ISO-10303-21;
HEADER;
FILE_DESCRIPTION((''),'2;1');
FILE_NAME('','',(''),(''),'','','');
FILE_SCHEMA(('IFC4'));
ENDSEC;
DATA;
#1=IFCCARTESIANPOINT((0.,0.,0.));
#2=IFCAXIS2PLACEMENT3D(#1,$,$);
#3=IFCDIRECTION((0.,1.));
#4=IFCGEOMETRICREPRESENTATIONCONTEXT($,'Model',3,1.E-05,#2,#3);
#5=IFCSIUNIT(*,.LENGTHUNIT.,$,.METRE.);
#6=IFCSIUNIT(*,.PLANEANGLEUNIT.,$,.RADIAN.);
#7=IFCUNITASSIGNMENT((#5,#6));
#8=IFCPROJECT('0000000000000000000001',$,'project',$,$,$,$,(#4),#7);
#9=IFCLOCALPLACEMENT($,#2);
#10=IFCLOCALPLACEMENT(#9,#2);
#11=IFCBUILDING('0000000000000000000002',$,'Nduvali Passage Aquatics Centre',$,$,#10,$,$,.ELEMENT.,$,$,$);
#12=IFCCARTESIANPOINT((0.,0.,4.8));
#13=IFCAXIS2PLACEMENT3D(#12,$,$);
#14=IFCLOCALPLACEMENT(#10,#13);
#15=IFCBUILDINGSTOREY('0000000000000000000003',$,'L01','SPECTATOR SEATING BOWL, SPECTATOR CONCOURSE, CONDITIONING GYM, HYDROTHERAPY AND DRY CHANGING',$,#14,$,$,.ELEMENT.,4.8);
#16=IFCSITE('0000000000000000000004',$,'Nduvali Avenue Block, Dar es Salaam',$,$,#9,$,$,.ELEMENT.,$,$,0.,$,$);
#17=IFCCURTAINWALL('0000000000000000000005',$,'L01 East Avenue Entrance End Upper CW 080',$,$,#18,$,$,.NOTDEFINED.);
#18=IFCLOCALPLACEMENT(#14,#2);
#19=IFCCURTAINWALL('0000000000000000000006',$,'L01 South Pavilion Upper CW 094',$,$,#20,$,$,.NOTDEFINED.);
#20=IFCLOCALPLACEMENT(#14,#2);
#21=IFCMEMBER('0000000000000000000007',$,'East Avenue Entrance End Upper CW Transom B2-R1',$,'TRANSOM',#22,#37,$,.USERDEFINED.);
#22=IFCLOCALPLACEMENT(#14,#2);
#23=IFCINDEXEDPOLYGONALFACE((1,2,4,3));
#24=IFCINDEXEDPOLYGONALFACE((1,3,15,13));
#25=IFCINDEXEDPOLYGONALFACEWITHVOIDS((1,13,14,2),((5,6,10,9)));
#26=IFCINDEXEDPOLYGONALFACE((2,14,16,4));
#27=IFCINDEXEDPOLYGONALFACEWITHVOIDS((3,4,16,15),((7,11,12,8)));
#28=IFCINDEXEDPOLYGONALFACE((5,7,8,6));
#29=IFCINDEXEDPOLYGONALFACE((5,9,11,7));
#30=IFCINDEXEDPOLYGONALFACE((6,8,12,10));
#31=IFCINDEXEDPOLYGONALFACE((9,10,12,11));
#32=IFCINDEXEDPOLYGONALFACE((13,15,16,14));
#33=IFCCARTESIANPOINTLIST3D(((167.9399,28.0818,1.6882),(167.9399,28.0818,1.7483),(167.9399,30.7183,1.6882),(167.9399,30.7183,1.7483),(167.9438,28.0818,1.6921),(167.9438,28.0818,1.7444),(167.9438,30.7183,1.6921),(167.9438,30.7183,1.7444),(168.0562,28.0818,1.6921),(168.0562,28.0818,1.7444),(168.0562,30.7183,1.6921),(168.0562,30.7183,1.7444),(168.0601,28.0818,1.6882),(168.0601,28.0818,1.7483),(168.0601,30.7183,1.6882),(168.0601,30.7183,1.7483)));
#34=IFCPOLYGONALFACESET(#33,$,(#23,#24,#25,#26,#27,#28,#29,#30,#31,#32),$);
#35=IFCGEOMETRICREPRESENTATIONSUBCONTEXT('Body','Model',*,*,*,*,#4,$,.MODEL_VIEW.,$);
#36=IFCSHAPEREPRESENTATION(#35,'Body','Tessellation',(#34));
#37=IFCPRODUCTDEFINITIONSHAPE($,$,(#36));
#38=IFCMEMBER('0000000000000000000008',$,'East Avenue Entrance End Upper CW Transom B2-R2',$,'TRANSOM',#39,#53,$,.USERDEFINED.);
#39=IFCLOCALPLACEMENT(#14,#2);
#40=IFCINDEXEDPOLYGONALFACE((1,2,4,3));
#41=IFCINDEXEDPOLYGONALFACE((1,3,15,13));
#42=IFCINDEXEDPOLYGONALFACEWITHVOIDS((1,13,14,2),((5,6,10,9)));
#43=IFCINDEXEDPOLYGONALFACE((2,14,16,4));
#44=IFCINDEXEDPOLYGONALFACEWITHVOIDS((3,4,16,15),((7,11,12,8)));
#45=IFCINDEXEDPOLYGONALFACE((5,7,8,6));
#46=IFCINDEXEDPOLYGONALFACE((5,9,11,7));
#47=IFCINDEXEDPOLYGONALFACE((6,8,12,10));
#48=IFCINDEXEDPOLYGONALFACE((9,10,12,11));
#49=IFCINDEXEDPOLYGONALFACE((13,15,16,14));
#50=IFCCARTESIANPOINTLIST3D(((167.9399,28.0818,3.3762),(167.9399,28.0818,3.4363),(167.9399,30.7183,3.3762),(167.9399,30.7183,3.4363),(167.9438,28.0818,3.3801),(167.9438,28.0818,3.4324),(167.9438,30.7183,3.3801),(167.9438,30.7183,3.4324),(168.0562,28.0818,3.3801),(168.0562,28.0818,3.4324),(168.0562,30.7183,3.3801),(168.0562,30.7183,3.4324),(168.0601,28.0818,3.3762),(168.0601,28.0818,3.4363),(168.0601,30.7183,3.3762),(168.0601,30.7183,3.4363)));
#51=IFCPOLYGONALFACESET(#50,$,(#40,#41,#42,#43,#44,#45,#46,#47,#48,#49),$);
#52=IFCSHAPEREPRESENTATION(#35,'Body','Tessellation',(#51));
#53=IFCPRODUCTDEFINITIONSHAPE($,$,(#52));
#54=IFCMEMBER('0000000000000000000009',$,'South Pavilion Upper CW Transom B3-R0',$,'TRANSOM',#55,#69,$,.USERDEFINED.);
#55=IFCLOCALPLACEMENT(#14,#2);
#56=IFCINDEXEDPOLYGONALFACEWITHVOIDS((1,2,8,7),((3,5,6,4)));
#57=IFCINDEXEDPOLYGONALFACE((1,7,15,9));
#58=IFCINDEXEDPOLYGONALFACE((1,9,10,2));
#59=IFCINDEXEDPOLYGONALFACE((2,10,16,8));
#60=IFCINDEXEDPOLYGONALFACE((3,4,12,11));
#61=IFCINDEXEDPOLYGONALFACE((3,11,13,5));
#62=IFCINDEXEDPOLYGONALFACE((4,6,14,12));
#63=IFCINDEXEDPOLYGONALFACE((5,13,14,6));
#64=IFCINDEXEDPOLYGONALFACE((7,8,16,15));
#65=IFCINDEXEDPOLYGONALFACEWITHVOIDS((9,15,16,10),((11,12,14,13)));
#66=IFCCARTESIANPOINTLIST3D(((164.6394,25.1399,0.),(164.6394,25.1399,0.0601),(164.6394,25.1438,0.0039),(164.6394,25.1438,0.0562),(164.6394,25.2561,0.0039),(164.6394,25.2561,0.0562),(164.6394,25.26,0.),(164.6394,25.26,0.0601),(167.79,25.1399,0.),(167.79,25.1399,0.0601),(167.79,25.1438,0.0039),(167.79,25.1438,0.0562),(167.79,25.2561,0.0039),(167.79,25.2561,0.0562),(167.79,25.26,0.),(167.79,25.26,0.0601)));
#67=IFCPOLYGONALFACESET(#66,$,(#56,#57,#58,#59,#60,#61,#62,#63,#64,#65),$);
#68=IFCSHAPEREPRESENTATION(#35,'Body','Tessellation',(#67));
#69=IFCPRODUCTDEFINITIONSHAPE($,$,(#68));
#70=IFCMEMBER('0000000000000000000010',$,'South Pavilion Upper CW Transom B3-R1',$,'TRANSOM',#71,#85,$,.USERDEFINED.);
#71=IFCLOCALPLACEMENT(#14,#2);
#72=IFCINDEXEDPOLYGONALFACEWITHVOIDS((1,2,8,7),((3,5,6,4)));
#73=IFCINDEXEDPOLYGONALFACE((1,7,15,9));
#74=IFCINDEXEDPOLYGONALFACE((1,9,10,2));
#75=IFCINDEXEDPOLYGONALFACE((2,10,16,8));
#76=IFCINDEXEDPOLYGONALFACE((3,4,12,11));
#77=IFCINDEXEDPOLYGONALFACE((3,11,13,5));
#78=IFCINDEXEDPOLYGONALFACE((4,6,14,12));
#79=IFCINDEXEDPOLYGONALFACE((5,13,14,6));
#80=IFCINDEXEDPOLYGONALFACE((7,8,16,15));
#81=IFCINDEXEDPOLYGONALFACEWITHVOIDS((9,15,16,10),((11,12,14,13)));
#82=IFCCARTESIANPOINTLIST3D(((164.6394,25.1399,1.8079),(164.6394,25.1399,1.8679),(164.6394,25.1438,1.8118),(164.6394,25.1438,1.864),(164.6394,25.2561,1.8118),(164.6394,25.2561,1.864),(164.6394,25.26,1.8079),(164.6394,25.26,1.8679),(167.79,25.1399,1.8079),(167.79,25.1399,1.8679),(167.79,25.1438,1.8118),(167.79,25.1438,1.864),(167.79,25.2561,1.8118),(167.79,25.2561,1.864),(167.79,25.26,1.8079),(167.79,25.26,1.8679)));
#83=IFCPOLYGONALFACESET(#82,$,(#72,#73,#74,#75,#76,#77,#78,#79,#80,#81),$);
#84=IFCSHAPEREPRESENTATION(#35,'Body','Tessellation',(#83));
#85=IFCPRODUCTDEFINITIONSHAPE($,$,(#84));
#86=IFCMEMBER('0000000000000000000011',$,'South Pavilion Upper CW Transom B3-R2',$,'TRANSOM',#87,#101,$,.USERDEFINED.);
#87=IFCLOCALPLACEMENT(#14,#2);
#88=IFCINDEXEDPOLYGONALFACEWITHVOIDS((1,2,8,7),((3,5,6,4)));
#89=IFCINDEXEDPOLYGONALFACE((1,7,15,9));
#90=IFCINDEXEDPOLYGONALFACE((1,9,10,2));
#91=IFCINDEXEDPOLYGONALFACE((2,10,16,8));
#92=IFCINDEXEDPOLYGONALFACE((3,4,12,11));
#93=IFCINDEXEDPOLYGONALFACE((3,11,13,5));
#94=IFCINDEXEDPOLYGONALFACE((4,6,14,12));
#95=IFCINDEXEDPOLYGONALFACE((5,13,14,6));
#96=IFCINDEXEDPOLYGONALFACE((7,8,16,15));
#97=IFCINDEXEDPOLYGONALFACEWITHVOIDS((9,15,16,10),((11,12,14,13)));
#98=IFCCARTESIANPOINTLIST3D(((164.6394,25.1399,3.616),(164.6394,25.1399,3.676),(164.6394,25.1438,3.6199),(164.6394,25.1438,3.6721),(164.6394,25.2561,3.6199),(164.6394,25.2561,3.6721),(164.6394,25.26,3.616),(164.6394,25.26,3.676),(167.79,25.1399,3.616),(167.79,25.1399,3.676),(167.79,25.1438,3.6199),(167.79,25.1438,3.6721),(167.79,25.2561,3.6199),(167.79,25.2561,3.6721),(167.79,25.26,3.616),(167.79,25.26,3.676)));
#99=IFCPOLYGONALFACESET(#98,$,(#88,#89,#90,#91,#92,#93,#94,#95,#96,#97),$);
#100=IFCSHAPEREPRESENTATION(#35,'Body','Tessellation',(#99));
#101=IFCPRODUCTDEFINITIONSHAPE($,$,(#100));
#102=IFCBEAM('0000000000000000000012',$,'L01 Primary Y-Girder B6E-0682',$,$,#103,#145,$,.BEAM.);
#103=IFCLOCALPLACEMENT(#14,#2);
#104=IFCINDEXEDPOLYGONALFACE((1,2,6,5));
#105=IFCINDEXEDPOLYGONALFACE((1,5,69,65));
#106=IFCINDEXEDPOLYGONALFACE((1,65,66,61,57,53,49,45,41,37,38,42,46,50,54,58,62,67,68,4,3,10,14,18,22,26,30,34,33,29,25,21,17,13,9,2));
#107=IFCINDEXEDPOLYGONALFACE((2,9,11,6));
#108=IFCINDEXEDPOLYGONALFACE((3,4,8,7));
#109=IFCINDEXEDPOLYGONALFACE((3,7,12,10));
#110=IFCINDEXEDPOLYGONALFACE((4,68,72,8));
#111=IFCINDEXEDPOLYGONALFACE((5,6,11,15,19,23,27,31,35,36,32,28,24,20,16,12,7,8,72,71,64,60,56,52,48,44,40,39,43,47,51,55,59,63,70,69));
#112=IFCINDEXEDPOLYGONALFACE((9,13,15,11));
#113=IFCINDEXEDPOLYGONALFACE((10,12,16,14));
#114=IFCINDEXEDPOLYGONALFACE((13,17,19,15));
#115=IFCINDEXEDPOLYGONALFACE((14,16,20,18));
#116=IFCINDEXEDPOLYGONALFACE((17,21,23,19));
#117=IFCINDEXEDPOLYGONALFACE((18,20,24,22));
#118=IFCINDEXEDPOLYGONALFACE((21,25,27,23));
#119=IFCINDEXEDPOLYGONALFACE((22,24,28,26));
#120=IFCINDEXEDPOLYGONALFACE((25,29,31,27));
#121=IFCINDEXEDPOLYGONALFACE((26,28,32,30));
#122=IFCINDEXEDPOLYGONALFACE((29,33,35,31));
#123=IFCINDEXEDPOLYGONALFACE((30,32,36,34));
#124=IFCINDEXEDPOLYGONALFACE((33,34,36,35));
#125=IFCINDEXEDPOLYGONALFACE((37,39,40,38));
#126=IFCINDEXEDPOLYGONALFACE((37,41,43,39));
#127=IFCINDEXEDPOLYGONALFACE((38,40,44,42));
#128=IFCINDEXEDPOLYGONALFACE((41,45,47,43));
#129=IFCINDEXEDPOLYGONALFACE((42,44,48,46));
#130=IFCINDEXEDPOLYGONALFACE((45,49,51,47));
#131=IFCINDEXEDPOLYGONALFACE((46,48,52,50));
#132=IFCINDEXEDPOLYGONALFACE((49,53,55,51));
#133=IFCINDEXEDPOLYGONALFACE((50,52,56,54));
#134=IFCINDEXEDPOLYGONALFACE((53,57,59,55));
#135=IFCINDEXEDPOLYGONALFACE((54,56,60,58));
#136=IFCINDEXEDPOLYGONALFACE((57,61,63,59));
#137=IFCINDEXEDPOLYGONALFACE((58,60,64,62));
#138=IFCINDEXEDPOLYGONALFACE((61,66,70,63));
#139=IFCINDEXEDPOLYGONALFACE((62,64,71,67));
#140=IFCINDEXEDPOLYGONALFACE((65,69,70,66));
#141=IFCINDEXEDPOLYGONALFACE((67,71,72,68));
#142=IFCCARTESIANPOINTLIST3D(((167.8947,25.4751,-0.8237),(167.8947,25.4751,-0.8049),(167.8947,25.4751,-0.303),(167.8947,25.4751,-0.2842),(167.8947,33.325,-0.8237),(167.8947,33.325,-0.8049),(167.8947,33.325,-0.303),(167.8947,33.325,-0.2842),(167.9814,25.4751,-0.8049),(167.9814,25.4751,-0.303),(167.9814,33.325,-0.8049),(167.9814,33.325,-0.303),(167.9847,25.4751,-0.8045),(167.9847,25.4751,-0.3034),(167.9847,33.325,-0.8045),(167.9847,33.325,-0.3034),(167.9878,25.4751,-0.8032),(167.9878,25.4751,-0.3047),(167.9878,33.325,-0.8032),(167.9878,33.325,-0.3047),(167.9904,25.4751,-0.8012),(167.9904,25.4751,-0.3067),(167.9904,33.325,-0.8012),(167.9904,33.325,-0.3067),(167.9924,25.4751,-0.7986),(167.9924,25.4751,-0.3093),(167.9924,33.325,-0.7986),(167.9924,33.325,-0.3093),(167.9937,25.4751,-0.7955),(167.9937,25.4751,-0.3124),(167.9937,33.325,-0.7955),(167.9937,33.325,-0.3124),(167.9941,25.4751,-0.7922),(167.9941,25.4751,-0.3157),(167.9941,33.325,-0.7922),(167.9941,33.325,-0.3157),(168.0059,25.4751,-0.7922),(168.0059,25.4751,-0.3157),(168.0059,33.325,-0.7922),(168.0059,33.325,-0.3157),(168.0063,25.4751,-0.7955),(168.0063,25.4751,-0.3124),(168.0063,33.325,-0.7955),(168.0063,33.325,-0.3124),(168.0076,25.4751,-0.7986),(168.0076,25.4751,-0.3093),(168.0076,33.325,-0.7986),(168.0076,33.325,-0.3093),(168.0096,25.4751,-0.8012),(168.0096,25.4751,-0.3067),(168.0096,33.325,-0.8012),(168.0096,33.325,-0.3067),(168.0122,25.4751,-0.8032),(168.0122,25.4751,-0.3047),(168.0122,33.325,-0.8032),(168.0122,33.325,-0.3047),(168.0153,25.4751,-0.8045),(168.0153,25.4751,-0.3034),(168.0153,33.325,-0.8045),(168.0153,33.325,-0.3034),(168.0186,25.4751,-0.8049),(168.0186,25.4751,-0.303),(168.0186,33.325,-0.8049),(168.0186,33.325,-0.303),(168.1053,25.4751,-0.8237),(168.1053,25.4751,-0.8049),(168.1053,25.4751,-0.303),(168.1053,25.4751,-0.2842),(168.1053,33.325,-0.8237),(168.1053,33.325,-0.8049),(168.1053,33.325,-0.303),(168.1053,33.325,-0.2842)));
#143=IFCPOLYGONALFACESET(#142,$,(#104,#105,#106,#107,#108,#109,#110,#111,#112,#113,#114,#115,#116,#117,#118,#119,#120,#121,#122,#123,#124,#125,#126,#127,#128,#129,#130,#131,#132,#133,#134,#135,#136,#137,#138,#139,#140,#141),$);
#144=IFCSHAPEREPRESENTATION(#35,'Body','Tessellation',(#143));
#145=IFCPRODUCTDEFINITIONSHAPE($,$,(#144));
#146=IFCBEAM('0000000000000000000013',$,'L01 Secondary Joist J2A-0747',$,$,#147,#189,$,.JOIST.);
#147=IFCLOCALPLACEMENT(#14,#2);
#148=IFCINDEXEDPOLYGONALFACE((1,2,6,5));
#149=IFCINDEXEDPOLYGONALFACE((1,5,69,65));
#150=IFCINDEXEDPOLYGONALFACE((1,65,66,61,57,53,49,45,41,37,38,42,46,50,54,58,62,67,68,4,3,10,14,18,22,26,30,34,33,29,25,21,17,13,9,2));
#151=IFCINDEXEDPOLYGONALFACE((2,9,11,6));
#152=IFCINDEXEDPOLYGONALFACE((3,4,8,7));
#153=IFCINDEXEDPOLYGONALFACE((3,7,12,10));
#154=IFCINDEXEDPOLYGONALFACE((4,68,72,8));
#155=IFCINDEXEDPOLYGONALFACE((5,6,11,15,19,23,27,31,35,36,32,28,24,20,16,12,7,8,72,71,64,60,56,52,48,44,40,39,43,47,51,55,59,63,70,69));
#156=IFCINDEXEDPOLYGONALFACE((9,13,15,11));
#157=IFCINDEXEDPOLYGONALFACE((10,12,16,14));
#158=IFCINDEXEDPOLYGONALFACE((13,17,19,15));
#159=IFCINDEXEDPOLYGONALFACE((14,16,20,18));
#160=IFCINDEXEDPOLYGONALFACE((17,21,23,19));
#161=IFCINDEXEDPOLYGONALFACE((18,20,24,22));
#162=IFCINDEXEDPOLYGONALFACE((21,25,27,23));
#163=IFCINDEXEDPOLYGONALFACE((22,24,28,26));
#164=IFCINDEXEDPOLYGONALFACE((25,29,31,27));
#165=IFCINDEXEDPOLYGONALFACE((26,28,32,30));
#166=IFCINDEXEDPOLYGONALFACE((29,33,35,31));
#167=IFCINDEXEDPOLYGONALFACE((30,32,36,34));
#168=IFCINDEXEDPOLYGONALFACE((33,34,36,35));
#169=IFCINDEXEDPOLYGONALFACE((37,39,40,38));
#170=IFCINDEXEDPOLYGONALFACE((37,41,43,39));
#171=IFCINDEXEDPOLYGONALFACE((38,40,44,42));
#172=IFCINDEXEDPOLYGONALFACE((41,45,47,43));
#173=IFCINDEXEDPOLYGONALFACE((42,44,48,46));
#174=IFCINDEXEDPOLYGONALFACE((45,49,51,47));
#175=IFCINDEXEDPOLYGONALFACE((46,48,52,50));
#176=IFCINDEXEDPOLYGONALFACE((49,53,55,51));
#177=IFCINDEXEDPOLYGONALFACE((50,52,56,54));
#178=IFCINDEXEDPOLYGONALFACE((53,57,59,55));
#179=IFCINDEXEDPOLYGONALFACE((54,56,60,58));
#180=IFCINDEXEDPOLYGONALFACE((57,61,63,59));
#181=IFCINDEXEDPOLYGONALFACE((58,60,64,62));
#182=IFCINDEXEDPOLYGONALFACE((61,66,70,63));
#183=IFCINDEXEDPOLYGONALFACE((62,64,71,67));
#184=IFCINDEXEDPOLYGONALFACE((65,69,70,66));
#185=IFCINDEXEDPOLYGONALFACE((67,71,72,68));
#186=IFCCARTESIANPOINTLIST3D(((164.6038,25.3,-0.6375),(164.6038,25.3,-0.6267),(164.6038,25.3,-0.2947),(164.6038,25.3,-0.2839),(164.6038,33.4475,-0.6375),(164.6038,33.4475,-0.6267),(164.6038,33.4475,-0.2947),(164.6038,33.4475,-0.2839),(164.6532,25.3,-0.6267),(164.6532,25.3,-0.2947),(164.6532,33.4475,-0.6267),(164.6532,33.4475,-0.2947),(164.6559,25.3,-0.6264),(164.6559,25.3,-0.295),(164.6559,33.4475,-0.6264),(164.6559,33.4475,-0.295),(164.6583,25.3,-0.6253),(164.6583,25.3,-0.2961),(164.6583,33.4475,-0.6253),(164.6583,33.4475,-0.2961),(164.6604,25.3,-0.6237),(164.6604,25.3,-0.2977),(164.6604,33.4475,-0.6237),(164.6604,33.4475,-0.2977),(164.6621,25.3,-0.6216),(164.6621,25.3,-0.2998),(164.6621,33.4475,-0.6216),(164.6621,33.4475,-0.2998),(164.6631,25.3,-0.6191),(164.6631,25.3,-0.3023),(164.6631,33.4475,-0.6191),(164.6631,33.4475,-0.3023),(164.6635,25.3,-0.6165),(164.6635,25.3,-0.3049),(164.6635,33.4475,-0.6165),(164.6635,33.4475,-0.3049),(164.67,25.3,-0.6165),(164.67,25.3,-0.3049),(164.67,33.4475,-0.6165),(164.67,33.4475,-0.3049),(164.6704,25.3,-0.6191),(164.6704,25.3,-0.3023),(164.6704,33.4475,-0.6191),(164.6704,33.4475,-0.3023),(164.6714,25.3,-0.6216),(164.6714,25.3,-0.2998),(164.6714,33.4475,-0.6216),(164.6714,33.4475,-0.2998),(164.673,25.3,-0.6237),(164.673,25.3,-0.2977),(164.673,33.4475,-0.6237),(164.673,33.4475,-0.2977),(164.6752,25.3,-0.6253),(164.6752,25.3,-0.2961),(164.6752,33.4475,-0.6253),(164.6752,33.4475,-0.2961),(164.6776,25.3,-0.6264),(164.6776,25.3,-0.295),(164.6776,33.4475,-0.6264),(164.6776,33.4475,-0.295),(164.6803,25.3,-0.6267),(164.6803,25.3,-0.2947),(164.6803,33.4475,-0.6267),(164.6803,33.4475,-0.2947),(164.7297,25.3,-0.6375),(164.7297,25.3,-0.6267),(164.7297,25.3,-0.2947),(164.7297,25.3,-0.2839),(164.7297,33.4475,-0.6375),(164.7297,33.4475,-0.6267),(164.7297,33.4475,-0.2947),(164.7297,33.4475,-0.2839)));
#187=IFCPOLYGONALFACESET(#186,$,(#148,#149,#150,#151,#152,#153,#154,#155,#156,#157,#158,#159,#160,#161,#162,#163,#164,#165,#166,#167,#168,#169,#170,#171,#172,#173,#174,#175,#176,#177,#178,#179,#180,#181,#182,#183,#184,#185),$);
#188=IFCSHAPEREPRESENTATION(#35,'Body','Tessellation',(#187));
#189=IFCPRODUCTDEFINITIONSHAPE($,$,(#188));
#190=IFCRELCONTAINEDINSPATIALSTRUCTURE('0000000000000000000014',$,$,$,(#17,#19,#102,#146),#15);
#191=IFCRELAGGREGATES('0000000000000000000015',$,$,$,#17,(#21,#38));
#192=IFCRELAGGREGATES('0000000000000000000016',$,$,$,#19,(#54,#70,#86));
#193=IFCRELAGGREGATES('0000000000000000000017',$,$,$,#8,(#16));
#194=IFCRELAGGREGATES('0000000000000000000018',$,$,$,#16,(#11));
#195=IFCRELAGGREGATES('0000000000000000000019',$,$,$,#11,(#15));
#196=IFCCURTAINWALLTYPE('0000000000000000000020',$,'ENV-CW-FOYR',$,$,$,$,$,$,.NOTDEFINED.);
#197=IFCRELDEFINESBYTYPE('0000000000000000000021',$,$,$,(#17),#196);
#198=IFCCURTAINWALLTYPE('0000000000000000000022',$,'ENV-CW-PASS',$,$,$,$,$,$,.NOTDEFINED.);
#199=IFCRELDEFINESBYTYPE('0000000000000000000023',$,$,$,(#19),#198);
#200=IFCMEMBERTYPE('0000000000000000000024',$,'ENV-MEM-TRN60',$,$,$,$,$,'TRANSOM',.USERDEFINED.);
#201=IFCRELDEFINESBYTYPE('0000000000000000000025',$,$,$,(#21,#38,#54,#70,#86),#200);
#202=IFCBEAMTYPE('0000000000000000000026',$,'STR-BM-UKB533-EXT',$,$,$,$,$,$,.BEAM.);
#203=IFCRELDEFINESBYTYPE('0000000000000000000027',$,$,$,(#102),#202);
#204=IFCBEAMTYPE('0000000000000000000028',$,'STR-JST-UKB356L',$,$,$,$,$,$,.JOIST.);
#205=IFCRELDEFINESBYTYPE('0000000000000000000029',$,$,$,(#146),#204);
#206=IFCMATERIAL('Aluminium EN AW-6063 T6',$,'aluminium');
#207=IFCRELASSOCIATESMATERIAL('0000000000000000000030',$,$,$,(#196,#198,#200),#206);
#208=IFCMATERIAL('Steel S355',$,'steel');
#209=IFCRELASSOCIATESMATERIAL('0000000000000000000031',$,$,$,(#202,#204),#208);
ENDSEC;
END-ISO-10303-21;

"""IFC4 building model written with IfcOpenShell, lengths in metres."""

from ifc_helpers import new_model, si_unit, direction, frame, origin, origin_2d, place, context, subcontext, project, spatial, hollow_rectangle, i_section, extrude, material, material_profile, profile_set, type_object, element, aggregate, save


model = new_model("IFC4")

# Units and contexts
model_context = context("Model", 3, precision=1e-05, world=origin(), true_north=direction((0.0, 1.0)))
body_context = subcontext(model_context, "Body", "Model", "MODEL_VIEW")
ifc_project = project(units=[si_unit("LENGTHUNIT", "METRE"), si_unit("PLANEANGLEUNIT", "RADIAN")], contexts=[model_context])

# Site, building, storey
site_placement = place(None, origin())
site = spatial("IfcSite", under=ifc_project, at=site_placement, Name="Nduvali Avenue Block, Dar es Salaam", CompositionType="ELEMENT", RefElevation=0.0)
building_placement = place(site_placement, origin())
building = spatial("IfcBuilding", under=site, at=building_placement, Name="Nduvali Passage Aquatics Centre", CompositionType="ELEMENT")
storey_placement = place(building_placement, frame((0.0, 0.0, 4.8)))
storey = spatial("IfcBuildingStorey", under=building, at=storey_placement, Name="L01", Description="SPECTATOR SEATING BOWL, SPECTATOR CONCOURSE, CONDITIONING GYM, HYDROTHERAPY AND DRY CHANGING", CompositionType="ELEMENT", Elevation=4.8)

# Shared definitions
ifc_material_1 = material(Name="Steel S355", Category="steel")

# Curtain walls
ifc_material_2 = material(Name="Aluminium EN AW-6063 T6", Category="aluminium")
curtain_wall_type_1 = type_object("IfcCurtainWallType", Name="ENV-CW-FOYR", PredefinedType="NOTDEFINED", material=ifc_material_2)
curtain_wall_1_placement = place(storey_placement, origin())
curtain_wall_1 = element("IfcCurtainWall", 1, at=curtain_wall_1_placement, inside=storey, type_object=curtain_wall_type_1, Name="L01 East Avenue Entrance End Upper CW 080", PredefinedType="NOTDEFINED")
curtain_wall_type_2 = type_object("IfcCurtainWallType", Name="ENV-CW-PASS", PredefinedType="NOTDEFINED", material=ifc_material_2)
curtain_wall_2_placement = place(storey_placement, origin())
curtain_wall_2 = element("IfcCurtainWall", 2, at=curtain_wall_2_placement, inside=storey, type_object=curtain_wall_type_2, Name="L01 South Pavilion Upper CW 094", PredefinedType="NOTDEFINED")

# Members
ifc_material_profile_1 = material_profile(ifc_material_2, hollow_rectangle(XDim=0.1201, YDim=0.0601, WallThickness=0.0039, at=origin_2d()), Name="ALU TRANSOM 120x60x4")
ifc_profile_set_1 = profile_set([ifc_material_profile_1], Name="Aluminium EN AW-6063 T6")
member_type_1 = type_object("IfcMemberType", Name="ENV-MEM-TRN60", ElementType="TRANSOM", PredefinedType="USERDEFINED", material=ifc_profile_set_1)
member_1_placement = place(storey_placement, frame((168.0, 28.0818, 1.7183), z_axis=(0.0, 1.0, 0.0), x_axis=(-1.0, 0.0, 0.0)))
member_1 = element("IfcMember", 3, at=member_1_placement, type_object=member_type_1, Name="East Avenue Entrance End Upper CW Transom B2-R1", ObjectType="TRANSOM", PredefinedType="USERDEFINED", context=body_context, shape_type="SweptSolid", body=[
    extrude(hollow_rectangle(XDim=0.1201, YDim=0.0601, WallThickness=0.0039, at=origin_2d()), origin(), (0.0, 0.0, 1.0), 2.6365),
])
member_2_placement = place(storey_placement, frame((168.0, 28.0818, 3.4062), z_axis=(0.0, 1.0, 0.0), x_axis=(-1.0, 0.0, 0.0)))
member_2 = element("IfcMember", 4, at=member_2_placement, type_object=member_type_1, Name="East Avenue Entrance End Upper CW Transom B2-R2", ObjectType="TRANSOM", PredefinedType="USERDEFINED", context=body_context, shape_type="SweptSolid", body=[
    extrude(hollow_rectangle(XDim=0.1201, YDim=0.0601, WallThickness=0.0039, at=origin_2d()), origin(), (0.0, 0.0, 1.0), 2.6365),
])
member_3_placement = place(storey_placement, frame((164.6394, 25.2, 0.03), z_axis=(1.0, 0.0, 0.0), x_axis=(0.0, 1.0, 0.0)))
member_3 = element("IfcMember", 5, at=member_3_placement, type_object=member_type_1, Name="South Pavilion Upper CW Transom B3-R0", ObjectType="TRANSOM", PredefinedType="USERDEFINED", context=body_context, shape_type="SweptSolid", body=[
    extrude(hollow_rectangle(XDim=0.1201, YDim=0.0601, WallThickness=0.0039, at=origin_2d()), origin(), (0.0, 0.0, 1.0), 3.1506),
])
member_4_placement = place(storey_placement, frame((164.6394, 25.2, 1.8379), z_axis=(1.0, 0.0, 0.0), x_axis=(0.0, 1.0, 0.0)))
member_4 = element("IfcMember", 6, at=member_4_placement, type_object=member_type_1, Name="South Pavilion Upper CW Transom B3-R1", ObjectType="TRANSOM", PredefinedType="USERDEFINED", context=body_context, shape_type="SweptSolid", body=[
    extrude(hollow_rectangle(XDim=0.1201, YDim=0.0601, WallThickness=0.0039, at=origin_2d()), origin(), (0.0, 0.0, 1.0), 3.1506),
])
member_5_placement = place(storey_placement, frame((164.6394, 25.2, 3.646), z_axis=(1.0, 0.0, 0.0), x_axis=(0.0, 1.0, 0.0)))
member_5 = element("IfcMember", 7, at=member_5_placement, type_object=member_type_1, Name="South Pavilion Upper CW Transom B3-R2", ObjectType="TRANSOM", PredefinedType="USERDEFINED", context=body_context, shape_type="SweptSolid", body=[
    extrude(hollow_rectangle(XDim=0.1201, YDim=0.0601, WallThickness=0.0039, at=origin_2d()), origin(), (0.0, 0.0, 1.0), 3.1506),
])

# Beams
ifc_material_profile_2 = material_profile(ifc_material_1, i_section(OverallWidth=0.2107, OverallDepth=0.5396, WebThickness=0.0117, FlangeThickness=0.0188, FilletRadius=0.0127, at=origin_2d()), Name="UKB 533x210x109")
ifc_profile_set_2 = profile_set([ifc_material_profile_2], Name="Steel S355")
beam_type_1 = type_object("IfcBeamType", Name="STR-BM-UKB533-EXT", PredefinedType="BEAM", material=ifc_profile_set_2)
beam_1_placement = place(storey_placement, frame((168.0, 25.4751, -0.554), z_axis=(0.0, 1.0, 0.0), x_axis=(-1.0, 0.0, 0.0)))
element("IfcBeam", 8, at=beam_1_placement, inside=storey, type_object=beam_type_1, Name="L01 Primary Y-Girder B6E-0682", PredefinedType="BEAM", context=body_context, shape_type="SweptSolid", body=[
    extrude(i_section(OverallWidth=0.2107, OverallDepth=0.5396, WebThickness=0.0117, FlangeThickness=0.0188, FilletRadius=0.0127, at=origin_2d()), origin(), (0.0, 0.0, 1.0), 7.8499),
])
ifc_material_profile_3 = material_profile(ifc_material_1, i_section(OverallWidth=0.126, OverallDepth=0.3535, WebThickness=0.0066, FlangeThickness=0.0107, FilletRadius=0.0103, at=origin_2d()), Name="UKB 356x127x39")
ifc_profile_set_3 = profile_set([ifc_material_profile_3], Name="Steel S355")
beam_type_2 = type_object("IfcBeamType", Name="STR-JST-UKB356L", PredefinedType="JOIST", material=ifc_profile_set_3)
beam_2_placement = place(storey_placement, frame((164.6667, 25.3, -0.4607), z_axis=(0.0, 1.0, 0.0), x_axis=(-1.0, 0.0, 0.0)))
element("IfcBeam", 9, at=beam_2_placement, inside=storey, type_object=beam_type_2, Name="L01 Secondary Joist J2A-0747", PredefinedType="JOIST", context=body_context, shape_type="SweptSolid", body=[
    extrude(i_section(OverallWidth=0.126, OverallDepth=0.3535, WebThickness=0.0066, FlangeThickness=0.0107, FilletRadius=0.0103, at=origin_2d()), origin(), (0.0, 0.0, 1.0), 8.1475),
])

aggregate(curtain_wall_1, [member_1, member_2])
aggregate(curtain_wall_2, [member_3, member_4, member_5])

save(model, "model.ifc")
